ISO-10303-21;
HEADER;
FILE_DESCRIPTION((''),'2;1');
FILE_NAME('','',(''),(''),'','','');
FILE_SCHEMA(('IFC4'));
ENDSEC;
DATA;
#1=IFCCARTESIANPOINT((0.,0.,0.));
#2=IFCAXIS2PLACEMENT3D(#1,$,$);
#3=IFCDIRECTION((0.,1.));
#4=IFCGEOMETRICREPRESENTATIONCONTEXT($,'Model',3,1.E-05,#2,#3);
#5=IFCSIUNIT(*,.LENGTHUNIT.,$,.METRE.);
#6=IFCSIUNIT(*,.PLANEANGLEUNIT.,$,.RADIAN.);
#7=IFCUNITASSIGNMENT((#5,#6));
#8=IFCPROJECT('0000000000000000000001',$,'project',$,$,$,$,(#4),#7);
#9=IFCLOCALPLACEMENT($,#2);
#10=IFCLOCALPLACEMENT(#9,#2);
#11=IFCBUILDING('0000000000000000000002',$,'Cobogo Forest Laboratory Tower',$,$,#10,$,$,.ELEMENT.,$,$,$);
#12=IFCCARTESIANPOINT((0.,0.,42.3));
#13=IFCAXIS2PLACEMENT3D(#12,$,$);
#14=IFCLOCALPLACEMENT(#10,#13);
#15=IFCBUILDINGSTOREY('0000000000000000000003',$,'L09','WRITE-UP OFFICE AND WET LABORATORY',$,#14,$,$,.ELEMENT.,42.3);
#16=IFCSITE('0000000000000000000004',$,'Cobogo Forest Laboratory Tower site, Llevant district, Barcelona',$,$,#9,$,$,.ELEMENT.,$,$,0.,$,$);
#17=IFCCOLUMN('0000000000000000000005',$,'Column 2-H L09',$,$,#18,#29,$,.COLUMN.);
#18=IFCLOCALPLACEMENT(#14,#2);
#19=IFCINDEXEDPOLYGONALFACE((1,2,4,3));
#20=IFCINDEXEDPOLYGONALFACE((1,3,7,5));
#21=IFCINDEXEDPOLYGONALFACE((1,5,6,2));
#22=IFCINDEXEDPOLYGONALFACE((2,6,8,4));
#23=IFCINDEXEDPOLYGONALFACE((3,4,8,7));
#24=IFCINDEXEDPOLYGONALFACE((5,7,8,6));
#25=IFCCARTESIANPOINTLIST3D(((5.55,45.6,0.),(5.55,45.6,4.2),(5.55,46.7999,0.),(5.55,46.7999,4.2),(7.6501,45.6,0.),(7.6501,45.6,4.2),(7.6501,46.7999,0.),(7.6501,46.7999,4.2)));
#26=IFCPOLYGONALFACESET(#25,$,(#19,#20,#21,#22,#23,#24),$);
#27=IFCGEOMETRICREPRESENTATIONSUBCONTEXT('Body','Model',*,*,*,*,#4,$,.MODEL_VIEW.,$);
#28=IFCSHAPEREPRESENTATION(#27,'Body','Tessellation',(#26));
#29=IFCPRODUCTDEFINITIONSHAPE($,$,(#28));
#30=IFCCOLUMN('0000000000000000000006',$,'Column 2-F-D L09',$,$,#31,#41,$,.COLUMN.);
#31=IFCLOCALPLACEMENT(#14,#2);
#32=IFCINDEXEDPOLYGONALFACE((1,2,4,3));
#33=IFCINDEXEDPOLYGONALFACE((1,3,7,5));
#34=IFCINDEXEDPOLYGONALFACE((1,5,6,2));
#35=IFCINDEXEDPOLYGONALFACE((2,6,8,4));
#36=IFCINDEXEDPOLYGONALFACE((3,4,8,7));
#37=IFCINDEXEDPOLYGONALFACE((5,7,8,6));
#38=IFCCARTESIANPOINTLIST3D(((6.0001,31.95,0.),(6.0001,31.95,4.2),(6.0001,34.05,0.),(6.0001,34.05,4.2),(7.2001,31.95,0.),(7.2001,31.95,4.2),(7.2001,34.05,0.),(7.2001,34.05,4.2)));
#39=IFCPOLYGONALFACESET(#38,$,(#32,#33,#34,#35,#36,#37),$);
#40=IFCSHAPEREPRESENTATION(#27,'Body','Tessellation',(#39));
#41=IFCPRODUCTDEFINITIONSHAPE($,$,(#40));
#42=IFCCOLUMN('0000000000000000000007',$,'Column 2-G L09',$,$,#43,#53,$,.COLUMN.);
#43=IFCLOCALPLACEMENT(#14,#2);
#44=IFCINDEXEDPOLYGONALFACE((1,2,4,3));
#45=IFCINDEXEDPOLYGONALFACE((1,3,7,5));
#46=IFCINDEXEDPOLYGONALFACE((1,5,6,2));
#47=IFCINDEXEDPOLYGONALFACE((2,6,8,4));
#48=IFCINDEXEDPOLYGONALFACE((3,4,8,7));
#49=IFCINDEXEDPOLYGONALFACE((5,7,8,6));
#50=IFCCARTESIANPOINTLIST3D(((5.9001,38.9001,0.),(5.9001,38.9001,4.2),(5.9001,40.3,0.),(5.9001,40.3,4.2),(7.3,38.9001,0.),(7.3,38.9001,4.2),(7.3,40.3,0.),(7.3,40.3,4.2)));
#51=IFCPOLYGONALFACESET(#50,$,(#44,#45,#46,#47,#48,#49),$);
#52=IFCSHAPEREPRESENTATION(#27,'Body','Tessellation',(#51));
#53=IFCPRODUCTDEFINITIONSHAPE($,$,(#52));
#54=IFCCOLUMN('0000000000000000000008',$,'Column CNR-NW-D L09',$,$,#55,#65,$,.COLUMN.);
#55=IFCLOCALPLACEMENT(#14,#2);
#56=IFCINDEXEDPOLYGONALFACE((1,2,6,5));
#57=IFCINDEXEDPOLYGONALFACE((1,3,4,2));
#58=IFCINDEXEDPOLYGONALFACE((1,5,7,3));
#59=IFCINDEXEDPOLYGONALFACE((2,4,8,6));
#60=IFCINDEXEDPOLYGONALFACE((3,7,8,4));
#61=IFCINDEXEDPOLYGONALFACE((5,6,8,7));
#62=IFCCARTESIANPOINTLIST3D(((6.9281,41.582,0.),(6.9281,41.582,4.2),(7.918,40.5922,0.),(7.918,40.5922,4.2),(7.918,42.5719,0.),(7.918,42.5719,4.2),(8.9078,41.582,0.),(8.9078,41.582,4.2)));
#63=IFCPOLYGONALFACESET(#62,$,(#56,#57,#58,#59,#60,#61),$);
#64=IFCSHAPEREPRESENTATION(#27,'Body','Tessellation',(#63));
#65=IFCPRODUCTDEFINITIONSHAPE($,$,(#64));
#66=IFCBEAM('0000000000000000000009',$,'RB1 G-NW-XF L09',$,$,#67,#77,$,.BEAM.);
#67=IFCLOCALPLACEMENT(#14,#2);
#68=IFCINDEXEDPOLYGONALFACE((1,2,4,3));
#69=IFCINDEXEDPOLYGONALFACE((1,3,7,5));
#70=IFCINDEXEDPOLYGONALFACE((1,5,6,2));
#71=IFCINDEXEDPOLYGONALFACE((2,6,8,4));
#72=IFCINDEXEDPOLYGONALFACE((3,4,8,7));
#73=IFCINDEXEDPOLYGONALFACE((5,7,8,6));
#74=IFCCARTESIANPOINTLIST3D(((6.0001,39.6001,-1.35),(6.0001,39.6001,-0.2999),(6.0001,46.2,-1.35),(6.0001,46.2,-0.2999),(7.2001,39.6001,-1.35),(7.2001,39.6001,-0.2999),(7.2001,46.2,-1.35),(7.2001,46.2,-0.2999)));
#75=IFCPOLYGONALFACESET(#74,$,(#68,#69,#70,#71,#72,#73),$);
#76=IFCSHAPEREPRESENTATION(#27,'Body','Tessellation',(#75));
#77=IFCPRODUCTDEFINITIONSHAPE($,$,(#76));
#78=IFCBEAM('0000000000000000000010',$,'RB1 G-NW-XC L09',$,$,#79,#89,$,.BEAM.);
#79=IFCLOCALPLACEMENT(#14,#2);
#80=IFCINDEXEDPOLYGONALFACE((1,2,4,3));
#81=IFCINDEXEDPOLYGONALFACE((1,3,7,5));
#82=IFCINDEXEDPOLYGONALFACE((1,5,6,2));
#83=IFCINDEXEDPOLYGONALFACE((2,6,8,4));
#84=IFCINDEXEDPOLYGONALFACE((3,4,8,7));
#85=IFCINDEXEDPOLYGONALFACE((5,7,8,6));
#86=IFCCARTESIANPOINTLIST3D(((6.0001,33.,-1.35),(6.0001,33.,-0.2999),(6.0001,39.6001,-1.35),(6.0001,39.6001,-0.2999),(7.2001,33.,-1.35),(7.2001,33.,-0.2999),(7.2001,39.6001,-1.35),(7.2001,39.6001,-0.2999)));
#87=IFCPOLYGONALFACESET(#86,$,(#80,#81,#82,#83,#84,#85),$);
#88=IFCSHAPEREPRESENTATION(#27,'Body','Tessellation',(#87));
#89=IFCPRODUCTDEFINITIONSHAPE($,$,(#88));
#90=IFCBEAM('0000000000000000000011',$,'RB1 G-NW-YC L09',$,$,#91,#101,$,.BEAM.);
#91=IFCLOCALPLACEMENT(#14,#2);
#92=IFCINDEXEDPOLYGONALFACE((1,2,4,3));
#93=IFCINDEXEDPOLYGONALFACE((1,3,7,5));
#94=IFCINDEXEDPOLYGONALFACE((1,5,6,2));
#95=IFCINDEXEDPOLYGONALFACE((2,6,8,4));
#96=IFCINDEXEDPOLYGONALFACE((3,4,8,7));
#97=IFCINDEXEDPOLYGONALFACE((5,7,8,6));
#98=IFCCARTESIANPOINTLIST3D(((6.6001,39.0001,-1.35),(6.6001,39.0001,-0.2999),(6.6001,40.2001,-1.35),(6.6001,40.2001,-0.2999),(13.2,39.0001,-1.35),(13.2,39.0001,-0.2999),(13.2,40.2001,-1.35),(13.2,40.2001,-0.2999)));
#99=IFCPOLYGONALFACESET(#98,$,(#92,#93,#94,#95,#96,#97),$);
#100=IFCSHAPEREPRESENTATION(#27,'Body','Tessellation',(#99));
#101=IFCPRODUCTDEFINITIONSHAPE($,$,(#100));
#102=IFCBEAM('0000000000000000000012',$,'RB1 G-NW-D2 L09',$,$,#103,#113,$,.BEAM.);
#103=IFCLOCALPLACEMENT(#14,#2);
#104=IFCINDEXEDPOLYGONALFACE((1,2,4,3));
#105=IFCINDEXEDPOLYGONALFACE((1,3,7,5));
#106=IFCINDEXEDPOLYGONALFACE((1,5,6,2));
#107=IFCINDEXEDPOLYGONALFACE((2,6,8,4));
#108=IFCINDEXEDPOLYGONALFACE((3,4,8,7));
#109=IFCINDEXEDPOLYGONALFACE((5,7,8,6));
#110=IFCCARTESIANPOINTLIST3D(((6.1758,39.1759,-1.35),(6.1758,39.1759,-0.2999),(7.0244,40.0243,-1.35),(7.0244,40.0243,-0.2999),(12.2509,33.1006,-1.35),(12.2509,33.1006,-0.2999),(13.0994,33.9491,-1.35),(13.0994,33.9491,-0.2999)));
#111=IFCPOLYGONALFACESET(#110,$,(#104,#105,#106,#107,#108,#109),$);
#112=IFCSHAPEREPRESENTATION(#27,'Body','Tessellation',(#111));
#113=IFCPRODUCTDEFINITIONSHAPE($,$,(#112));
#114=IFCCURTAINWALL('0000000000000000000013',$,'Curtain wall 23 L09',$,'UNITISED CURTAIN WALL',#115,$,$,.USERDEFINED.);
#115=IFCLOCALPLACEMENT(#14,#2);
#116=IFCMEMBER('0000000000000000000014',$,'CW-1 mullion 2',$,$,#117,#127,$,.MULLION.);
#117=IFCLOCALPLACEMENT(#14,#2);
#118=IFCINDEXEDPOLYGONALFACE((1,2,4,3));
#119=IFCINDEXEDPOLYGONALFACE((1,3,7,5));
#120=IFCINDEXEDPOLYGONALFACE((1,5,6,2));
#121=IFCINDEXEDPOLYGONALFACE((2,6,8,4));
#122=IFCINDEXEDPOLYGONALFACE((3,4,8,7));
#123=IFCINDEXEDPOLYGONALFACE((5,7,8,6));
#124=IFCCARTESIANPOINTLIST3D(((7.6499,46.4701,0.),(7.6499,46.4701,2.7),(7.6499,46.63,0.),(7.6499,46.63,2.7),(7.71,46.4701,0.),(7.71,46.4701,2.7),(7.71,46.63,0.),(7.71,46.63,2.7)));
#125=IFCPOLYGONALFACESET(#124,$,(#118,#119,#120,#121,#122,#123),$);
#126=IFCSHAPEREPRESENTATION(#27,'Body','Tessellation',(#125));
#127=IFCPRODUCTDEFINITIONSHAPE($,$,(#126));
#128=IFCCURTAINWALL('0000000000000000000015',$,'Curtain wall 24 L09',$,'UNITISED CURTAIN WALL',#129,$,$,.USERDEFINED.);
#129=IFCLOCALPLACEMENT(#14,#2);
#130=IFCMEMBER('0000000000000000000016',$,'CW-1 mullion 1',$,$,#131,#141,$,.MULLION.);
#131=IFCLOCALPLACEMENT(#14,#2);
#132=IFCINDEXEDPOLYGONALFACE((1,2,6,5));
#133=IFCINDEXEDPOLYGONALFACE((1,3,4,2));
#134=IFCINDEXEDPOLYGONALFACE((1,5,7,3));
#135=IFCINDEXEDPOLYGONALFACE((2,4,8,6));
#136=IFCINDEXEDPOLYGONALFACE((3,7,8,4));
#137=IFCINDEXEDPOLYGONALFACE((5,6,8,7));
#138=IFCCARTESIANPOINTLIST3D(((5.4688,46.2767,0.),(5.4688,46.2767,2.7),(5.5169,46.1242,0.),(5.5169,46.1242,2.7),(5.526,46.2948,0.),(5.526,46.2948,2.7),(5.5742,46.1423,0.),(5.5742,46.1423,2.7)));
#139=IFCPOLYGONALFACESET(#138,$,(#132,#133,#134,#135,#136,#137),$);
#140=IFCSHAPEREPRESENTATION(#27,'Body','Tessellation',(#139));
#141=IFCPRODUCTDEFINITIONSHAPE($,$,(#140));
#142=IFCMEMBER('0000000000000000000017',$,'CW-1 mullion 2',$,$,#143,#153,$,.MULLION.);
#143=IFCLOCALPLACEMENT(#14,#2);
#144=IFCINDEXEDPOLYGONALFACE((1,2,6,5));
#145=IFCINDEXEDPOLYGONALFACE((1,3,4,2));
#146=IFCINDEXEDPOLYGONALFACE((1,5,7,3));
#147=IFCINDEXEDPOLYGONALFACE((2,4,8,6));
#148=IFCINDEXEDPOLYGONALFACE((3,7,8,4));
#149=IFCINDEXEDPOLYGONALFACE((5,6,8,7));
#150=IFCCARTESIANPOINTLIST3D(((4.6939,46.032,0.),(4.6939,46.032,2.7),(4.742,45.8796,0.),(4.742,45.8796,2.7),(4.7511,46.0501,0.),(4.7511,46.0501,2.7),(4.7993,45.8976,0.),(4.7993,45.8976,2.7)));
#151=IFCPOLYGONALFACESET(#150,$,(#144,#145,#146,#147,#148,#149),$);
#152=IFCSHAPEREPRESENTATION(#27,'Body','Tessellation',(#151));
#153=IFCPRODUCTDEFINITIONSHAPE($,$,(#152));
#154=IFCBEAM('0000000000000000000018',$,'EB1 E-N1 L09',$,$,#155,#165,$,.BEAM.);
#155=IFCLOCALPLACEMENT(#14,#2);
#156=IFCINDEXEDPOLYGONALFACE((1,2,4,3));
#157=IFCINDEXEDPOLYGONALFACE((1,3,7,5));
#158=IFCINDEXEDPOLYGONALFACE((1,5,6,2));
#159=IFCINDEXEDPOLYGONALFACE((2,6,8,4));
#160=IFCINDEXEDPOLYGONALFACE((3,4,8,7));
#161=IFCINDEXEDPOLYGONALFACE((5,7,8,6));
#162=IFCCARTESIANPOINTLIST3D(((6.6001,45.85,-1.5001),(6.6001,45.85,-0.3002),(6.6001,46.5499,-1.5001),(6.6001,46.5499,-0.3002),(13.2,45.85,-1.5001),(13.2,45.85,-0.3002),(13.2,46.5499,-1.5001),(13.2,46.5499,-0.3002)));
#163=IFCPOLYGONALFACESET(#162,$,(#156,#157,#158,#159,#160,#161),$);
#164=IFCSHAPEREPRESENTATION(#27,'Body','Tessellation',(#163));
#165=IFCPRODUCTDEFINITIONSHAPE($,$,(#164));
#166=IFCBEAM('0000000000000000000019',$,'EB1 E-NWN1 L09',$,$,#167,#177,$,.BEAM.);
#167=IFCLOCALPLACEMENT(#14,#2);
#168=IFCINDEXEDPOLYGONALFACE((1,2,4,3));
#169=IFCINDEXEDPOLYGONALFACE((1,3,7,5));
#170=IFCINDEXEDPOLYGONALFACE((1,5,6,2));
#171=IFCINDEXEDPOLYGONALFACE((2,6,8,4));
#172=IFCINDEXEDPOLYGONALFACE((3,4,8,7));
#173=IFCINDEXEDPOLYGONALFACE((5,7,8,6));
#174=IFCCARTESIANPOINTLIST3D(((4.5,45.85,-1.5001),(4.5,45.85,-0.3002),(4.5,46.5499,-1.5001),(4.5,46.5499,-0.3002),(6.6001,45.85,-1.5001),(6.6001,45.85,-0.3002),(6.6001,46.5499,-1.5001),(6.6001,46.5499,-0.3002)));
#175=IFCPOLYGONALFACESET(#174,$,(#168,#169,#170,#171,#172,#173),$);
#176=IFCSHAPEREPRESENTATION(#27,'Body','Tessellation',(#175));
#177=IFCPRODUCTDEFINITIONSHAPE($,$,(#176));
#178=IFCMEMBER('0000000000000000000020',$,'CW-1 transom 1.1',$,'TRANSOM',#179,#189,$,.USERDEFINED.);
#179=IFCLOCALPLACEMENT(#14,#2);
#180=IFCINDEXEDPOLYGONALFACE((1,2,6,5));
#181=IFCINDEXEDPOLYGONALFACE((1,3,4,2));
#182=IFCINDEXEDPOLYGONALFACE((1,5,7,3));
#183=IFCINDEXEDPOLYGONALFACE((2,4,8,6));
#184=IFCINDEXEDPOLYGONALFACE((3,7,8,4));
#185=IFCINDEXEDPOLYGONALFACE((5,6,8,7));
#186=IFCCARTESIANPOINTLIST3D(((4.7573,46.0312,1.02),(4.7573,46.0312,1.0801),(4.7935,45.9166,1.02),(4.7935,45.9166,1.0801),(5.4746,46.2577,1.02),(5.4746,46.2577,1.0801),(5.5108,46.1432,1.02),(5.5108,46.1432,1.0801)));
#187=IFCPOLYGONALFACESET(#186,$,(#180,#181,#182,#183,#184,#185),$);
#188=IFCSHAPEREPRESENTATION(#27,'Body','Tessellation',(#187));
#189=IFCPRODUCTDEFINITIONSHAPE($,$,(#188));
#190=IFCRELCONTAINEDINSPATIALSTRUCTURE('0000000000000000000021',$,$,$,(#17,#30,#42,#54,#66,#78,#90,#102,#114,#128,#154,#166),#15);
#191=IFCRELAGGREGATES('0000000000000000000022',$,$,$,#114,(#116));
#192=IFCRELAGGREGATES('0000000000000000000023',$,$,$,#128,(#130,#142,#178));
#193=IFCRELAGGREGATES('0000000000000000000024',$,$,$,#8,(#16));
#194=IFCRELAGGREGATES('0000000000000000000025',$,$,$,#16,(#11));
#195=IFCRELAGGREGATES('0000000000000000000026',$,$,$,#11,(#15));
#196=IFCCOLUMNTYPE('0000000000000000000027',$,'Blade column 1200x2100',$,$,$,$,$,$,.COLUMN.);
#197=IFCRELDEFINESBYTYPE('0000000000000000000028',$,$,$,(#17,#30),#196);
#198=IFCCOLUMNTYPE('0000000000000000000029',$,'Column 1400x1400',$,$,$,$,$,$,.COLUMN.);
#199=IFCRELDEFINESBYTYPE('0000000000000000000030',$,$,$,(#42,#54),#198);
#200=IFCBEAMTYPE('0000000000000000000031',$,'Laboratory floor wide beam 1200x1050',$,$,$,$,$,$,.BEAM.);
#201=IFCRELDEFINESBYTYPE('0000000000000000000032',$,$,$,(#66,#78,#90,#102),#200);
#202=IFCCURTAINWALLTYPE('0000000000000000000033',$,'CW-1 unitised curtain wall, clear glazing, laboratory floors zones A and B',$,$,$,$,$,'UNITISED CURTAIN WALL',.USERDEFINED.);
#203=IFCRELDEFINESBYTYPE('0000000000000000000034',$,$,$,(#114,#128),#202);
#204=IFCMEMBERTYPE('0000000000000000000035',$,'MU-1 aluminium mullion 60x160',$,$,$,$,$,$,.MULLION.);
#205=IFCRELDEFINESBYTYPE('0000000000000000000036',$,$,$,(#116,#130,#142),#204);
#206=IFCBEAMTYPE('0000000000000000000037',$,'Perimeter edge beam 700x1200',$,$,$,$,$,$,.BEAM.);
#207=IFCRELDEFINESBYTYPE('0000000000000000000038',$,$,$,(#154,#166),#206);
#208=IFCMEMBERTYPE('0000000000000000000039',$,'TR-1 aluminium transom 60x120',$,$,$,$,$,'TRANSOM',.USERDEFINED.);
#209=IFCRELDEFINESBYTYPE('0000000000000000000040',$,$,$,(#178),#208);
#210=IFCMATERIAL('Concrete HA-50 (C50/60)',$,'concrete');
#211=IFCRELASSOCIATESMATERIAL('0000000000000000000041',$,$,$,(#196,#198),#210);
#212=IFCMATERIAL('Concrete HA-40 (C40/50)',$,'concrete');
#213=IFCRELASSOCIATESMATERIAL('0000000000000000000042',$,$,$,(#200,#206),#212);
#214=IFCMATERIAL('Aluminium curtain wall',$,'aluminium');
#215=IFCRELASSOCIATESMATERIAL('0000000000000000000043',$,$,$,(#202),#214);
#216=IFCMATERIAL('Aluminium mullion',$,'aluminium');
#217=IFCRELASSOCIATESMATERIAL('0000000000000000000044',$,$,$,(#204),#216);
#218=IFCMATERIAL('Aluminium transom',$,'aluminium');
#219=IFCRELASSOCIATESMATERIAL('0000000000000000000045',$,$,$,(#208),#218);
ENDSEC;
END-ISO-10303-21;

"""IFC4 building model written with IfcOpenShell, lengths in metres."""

from ifc_helpers import new_model, si_unit, direction, frame, origin, origin_2d, place, context, subcontext, project, spatial, rectangle, extrude, material, material_profile, profile_set, type_object, element, aggregate, save


model = new_model("IFC4")

# Units and contexts
model_context = context("Model", 3, precision=1e-05, world=origin(), true_north=direction((0.0, 1.0)))
body_context = subcontext(model_context, "Body", "Model", "MODEL_VIEW")
ifc_project = project(units=[si_unit("LENGTHUNIT", "METRE"), si_unit("PLANEANGLEUNIT", "RADIAN")], contexts=[model_context])

# Site, building, storey
site_placement = place(None, origin())
site = spatial("IfcSite", under=ifc_project, at=site_placement, Name="Cobogo Forest Laboratory Tower site, Llevant district, Barcelona", CompositionType="ELEMENT", RefElevation=0.0)
building_placement = place(site_placement, origin())
building = spatial("IfcBuilding", under=site, at=building_placement, Name="Cobogo Forest Laboratory Tower", CompositionType="ELEMENT")
storey_placement = place(building_placement, frame((0.0, 0.0, 42.3)))
storey = spatial("IfcBuildingStorey", under=building, at=storey_placement, Name="L09", Description="WRITE-UP OFFICE AND WET LABORATORY", CompositionType="ELEMENT", Elevation=42.3)

# Columns
ifc_material_1 = material(Name="Concrete HA-50 (C50/60)", Category="concrete")
ifc_material_profile_1 = material_profile(ifc_material_1, rectangle(XDim=2.1001, YDim=1.2, at=origin_2d()), Name="RC 1200x2100")
ifc_profile_set_1 = profile_set([ifc_material_profile_1], Name="Concrete HA-50 (C50/60)")
column_type_1 = type_object("IfcColumnType", Name="Blade column 1200x2100", PredefinedType="COLUMN", material=ifc_profile_set_1)
for number, where, z_axis, x_axis, name in (
    (1, (6.6001, 46.2, 0.0), (0.0, 0.0, 1.0), (1.0, 0.0, 0.0), "Column 2-H L09"),
    (2, (6.6001, 33.0, 0.0), (0.0, 0.0, 1.0), (0.0, 1.0, 0.0), "Column 2-F-D L09"),
):
    element("IfcColumn", number, at=place(storey_placement, frame(where, z_axis=z_axis, x_axis=x_axis)), inside=storey, type_object=column_type_1, Name=name, PredefinedType="COLUMN", context=body_context, shape_type="SweptSolid", body=[
        extrude(rectangle(XDim=2.1001, YDim=1.2, at=origin_2d()), origin(), (0.0, 0.0, 1.0), 4.2),
    ])
ifc_material_profile_2 = material_profile(ifc_material_1, rectangle(XDim=1.3999, YDim=1.3999, at=origin_2d()), Name="RC 1400x1400")
ifc_profile_set_2 = profile_set([ifc_material_profile_2], Name="Concrete HA-50 (C50/60)")
column_type_2 = type_object("IfcColumnType", Name="Column 1400x1400", PredefinedType="COLUMN", material=ifc_profile_set_2)
for number, where, z_axis, x_axis, name in (
    (3, (6.6001, 39.6001, 0.0), (0.0, 0.0, 1.0), (1.0, 0.0, 0.0), "Column 2-G L09"),
    (4, (7.918, 41.582, 0.0), (0.0, 0.0, 1.0), (0.707107, 0.707107, 0.0), "Column CNR-NW-D L09"),
):
    element("IfcColumn", number, at=place(storey_placement, frame(where, z_axis=z_axis, x_axis=x_axis)), inside=storey, type_object=column_type_2, Name=name, PredefinedType="COLUMN", context=body_context, shape_type="SweptSolid", body=[
        extrude(rectangle(XDim=1.3999, YDim=1.3999, at=origin_2d()), origin(), (0.0, 0.0, 1.0), 4.2),
    ])

# Beams
ifc_material_2 = material(Name="Concrete HA-40 (C40/50)", Category="concrete")
ifc_material_profile_3 = material_profile(ifc_material_2, rectangle(XDim=1.2, YDim=1.05, at=origin_2d()), Name="RC 1200x1050")
ifc_profile_set_3 = profile_set([ifc_material_profile_3], Name="Concrete HA-40 (C40/50)")
beam_type_1 = type_object("IfcBeamType", Name="Laboratory floor wide beam 1200x1050", PredefinedType="BEAM", material=ifc_profile_set_3)
beam_1_placement = place(storey_placement, frame((6.6001, 46.2, -0.825), z_axis=(0.0, -1.0, 0.0), x_axis=(1.0, 0.0, 0.0)))
element("IfcBeam", 5, at=beam_1_placement, inside=storey, type_object=beam_type_1, Name="RB1 G-NW-XF L09", PredefinedType="BEAM", context=body_context, shape_type="SweptSolid", body=[
    extrude(rectangle(XDim=1.2, YDim=1.05, at=origin_2d()), origin(), (0.0, 0.0, 1.0), 6.5999),
])
beam_2_placement = place(storey_placement, frame((6.6001, 39.6001, -0.825), z_axis=(0.0, -1.0, 0.0), x_axis=(1.0, 0.0, 0.0)))
element("IfcBeam", 6, at=beam_2_placement, inside=storey, type_object=beam_type_1, Name="RB1 G-NW-XC L09", PredefinedType="BEAM", context=body_context, shape_type="SweptSolid", body=[
    extrude(rectangle(XDim=1.2, YDim=1.05, at=origin_2d()), origin(), (0.0, 0.0, 1.0), 6.6001),
])
beam_3_placement = place(storey_placement, frame((6.6001, 39.6001, -0.825), z_axis=(1.0, 0.0, 0.0), x_axis=(0.0, 1.0, 0.0)))
element("IfcBeam", 7, at=beam_3_placement, inside=storey, type_object=beam_type_1, Name="RB1 G-NW-YC L09", PredefinedType="BEAM", context=body_context, shape_type="SweptSolid", body=[
    extrude(rectangle(XDim=1.2, YDim=1.05, at=origin_2d()), origin(), (0.0, 0.0, 1.0), 6.5999),
])
beam_4_placement = place(storey_placement, frame((6.6001, 39.6001, -0.825), z_axis=(0.707093, -0.707121, 0.0), x_axis=(0.707121, 0.707093, 0.0)))
element("IfcBeam", 8, at=beam_4_placement, inside=storey, type_object=beam_type_1, Name="RB1 G-NW-D2 L09", PredefinedType="BEAM", context=body_context, shape_type="SweptSolid", body=[
    extrude(rectangle(XDim=1.2, YDim=1.05, at=origin_2d()), origin(), (0.0, 0.0, 1.0), 8.5916),
])

# Curtain wall, member
ifc_material_3 = material(Name="Aluminium curtain wall", Category="aluminium")
curtain_wall_type = type_object("IfcCurtainWallType", Name="CW-1 unitised curtain wall, clear glazing, laboratory floors zones A and B", ElementType="UNITISED CURTAIN WALL", PredefinedType="USERDEFINED", material=ifc_material_3)
curtain_wall_1_placement = place(storey_placement, origin())
curtain_wall_1 = element("IfcCurtainWall", 9, at=curtain_wall_1_placement, inside=storey, type_object=curtain_wall_type, Name="Curtain wall 23 L09", ObjectType="UNITISED CURTAIN WALL", PredefinedType="USERDEFINED")
ifc_material_4 = material(Name="Aluminium mullion", Category="aluminium")
ifc_material_profile_4 = material_profile(ifc_material_4, rectangle(XDim=0.0601, YDim=0.1599, at=origin_2d()), Name="AL 60x160")
ifc_profile_set_4 = profile_set([ifc_material_profile_4], Name="Aluminium mullion")
member_type_1 = type_object("IfcMemberType", Name="MU-1 aluminium mullion 60x160", PredefinedType="MULLION", material=ifc_profile_set_4)
member_1_placement = place(storey_placement, frame((7.6799, 46.55, 0.0), z_axis=(0.0, 0.0, 1.0), x_axis=(-1.0, 0.0, 0.0)))
member_1 = element("IfcMember", 10, at=member_1_placement, type_object=member_type_1, Name="CW-1 mullion 2", PredefinedType="MULLION", context=body_context, shape_type="SweptSolid", body=[
    extrude(rectangle(XDim=0.0601, YDim=0.1599, at=origin_2d()), origin(), (0.0, 0.0, 1.0), 2.7),
])

# Curtain wall, members
curtain_wall_2_placement = place(storey_placement, origin())
curtain_wall_2 = element("IfcCurtainWall", 11, at=curtain_wall_2_placement, inside=storey, type_object=curtain_wall_type, Name="Curtain wall 24 L09", ObjectType="UNITISED CURTAIN WALL", PredefinedType="USERDEFINED")
member_2_placement = place(storey_placement, frame((5.5215, 46.2095, 0.0), z_axis=(0.0, 0.0, 1.0), x_axis=(-0.953582, -0.301135, 0.0)))
member_2 = element("IfcMember", 12, at=member_2_placement, type_object=member_type_1, Name="CW-1 mullion 1", PredefinedType="MULLION", context=body_context, shape_type="SweptSolid", body=[
    extrude(rectangle(XDim=0.0601, YDim=0.1599, at=origin_2d()), origin(), (0.0, 0.0, 1.0), 2.7),
])
member_3_placement = place(storey_placement, frame((4.7466, 45.9648, 0.0), z_axis=(0.0, 0.0, 1.0), x_axis=(-0.953582, -0.301135, 0.0)))
member_3 = element("IfcMember", 13, at=member_3_placement, type_object=member_type_1, Name="CW-1 mullion 2", PredefinedType="MULLION", context=body_context, shape_type="SweptSolid", body=[
    extrude(rectangle(XDim=0.0601, YDim=0.1599, at=origin_2d()), origin(), (0.0, 0.0, 1.0), 2.7),
])

# Beams
ifc_material_profile_5 = material_profile(ifc_material_2, rectangle(XDim=0.7, YDim=1.2, at=origin_2d()), Name="RC 700x1200")
ifc_profile_set_5 = profile_set([ifc_material_profile_5], Name="Concrete HA-40 (C40/50)")
beam_type_2 = type_object("IfcBeamType", Name="Perimeter edge beam 700x1200", PredefinedType="BEAM", material=ifc_profile_set_5)
beam_5_placement = place(storey_placement, frame((6.6001, 46.2, -0.9001), z_axis=(1.0, 0.0, 0.0), x_axis=(0.0, 1.0, 0.0)))
element("IfcBeam", 14, at=beam_5_placement, inside=storey, type_object=beam_type_2, Name="EB1 E-N1 L09", PredefinedType="BEAM", context=body_context, shape_type="SweptSolid", body=[
    extrude(rectangle(XDim=0.7, YDim=1.2, at=origin_2d()), origin(), (0.0, 0.0, 1.0), 6.5999),
])
beam_6_placement = place(storey_placement, frame((6.6001, 46.2, -0.9001), z_axis=(-1.0, 0.0, 0.0), x_axis=(0.0, -1.0, 0.0)))
element("IfcBeam", 15, at=beam_6_placement, inside=storey, type_object=beam_type_2, Name="EB1 E-NWN1 L09", PredefinedType="BEAM", context=body_context, shape_type="SweptSolid", body=[
    extrude(rectangle(XDim=0.7, YDim=1.2, at=origin_2d()), origin(), (0.0, 0.0, 1.0), 2.1001),
])

# Member
ifc_material_5 = material(Name="Aluminium transom", Category="aluminium")
ifc_material_profile_6 = material_profile(ifc_material_5, rectangle(XDim=0.1201, YDim=0.0601, at=origin_2d()), Name="AL 60x120")
ifc_profile_set_6 = profile_set([ifc_material_profile_6], Name="Aluminium transom")
member_type_2 = type_object("IfcMemberType", Name="TR-1 aluminium transom 60x120", ElementType="TRANSOM", PredefinedType="USERDEFINED", material=ifc_profile_set_6)
member_4_placement = place(storey_placement, frame((5.4927, 46.2004, 1.05), z_axis=(-0.953563, -0.301194, 0.0), x_axis=(0.301194, -0.953563, 0.0)))
member_4 = element("IfcMember", 16, at=member_4_placement, type_object=member_type_2, Name="CW-1 transom 1.1", ObjectType="TRANSOM", PredefinedType="USERDEFINED", context=body_context, shape_type="SweptSolid", body=[
    extrude(rectangle(XDim=0.1201, YDim=0.0601, at=origin_2d()), origin(), (0.0, 0.0, 1.0), 0.7522),
])

aggregate(curtain_wall_1, [member_1])
aggregate(curtain_wall_2, [member_2, member_3, member_4])

save(model, "model.ifc")
